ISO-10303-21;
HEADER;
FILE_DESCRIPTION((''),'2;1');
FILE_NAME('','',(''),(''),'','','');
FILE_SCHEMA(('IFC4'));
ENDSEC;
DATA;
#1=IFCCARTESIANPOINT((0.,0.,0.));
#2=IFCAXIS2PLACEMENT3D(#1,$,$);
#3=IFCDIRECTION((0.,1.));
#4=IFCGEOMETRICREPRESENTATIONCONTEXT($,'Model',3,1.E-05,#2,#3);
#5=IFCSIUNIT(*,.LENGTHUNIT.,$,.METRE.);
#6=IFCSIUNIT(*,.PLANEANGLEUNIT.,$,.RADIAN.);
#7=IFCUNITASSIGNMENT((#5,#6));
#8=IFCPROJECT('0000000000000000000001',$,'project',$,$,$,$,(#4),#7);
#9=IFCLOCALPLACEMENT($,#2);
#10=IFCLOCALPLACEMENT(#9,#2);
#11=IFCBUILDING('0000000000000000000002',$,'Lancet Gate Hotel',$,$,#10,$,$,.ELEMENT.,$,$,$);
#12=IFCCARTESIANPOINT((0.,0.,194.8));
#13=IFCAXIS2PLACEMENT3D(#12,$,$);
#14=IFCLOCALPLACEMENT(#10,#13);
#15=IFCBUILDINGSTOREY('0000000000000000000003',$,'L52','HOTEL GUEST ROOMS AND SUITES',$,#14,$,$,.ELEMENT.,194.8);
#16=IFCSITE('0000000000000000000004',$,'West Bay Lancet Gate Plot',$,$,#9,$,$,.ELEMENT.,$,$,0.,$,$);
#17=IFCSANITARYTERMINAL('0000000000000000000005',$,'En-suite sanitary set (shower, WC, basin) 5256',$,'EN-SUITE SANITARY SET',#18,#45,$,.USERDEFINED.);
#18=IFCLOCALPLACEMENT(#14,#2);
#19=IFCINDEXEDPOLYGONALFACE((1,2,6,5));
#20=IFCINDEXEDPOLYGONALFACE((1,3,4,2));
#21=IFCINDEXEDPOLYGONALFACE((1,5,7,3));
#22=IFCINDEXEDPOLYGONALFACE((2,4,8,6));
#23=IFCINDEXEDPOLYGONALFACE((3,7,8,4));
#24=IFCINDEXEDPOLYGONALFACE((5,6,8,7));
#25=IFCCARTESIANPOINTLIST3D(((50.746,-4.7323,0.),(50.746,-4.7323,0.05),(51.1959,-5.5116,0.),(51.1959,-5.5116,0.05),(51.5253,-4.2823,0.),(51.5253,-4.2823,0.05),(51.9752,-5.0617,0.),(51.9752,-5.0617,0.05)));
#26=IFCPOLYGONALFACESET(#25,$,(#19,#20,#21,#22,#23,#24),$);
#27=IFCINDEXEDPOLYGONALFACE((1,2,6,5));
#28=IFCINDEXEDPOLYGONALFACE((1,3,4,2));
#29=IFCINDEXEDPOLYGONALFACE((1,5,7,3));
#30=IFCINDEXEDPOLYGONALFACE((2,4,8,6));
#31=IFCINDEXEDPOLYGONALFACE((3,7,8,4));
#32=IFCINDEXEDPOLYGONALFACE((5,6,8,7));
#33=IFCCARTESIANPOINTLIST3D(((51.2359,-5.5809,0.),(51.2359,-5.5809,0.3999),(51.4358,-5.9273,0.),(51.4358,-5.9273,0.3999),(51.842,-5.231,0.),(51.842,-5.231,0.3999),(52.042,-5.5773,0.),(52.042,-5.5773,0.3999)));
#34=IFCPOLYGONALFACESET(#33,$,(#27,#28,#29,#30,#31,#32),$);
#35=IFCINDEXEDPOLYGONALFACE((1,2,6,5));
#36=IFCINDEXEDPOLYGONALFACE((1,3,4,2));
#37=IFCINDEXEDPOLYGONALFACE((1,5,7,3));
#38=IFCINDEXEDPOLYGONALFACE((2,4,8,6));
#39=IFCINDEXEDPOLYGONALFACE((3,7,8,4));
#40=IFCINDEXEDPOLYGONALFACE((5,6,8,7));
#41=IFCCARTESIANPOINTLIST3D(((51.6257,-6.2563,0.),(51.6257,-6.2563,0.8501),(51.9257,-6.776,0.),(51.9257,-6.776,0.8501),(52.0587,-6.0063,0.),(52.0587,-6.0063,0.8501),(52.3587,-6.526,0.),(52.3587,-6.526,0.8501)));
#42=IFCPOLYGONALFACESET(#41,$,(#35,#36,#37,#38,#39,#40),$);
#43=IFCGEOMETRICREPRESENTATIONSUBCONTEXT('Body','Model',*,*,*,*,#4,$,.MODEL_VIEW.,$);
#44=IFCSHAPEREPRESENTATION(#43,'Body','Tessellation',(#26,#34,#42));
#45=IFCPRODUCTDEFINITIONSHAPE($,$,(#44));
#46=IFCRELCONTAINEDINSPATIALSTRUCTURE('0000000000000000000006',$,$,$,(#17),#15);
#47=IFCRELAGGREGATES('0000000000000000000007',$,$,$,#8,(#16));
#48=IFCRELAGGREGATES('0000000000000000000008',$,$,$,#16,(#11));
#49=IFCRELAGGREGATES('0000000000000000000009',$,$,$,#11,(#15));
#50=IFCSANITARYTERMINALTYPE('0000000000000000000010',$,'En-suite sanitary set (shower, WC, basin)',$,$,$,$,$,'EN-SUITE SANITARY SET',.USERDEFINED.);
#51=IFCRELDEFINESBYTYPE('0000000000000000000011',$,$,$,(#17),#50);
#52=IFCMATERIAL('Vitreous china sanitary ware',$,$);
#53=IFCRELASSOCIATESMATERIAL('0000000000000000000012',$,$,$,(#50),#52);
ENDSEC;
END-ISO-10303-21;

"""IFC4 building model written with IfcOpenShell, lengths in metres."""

from ifc_helpers import new_model, si_unit, direction, frame, origin, origin_2d, place, context, subcontext, project, spatial, rectangle, extrude, material, type_object, element, save


model = new_model("IFC4")

# Units and contexts
model_context = context("Model", 3, precision=1e-05, world=origin(), true_north=direction((0.0, 1.0)))
body_context = subcontext(model_context, "Body", "Model", "MODEL_VIEW")
ifc_project = project(units=[si_unit("LENGTHUNIT", "METRE"), si_unit("PLANEANGLEUNIT", "RADIAN")], contexts=[model_context])

# Site, building, storey
site_placement = place(None, origin())
site = spatial("IfcSite", under=ifc_project, at=site_placement, Name="West Bay Lancet Gate Plot", CompositionType="ELEMENT", RefElevation=0.0)
building_placement = place(site_placement, origin())
building = spatial("IfcBuilding", under=site, at=building_placement, Name="Lancet Gate Hotel", CompositionType="ELEMENT")
storey_placement = place(building_placement, frame((0.0, 0.0, 194.8)))
storey = spatial("IfcBuildingStorey", under=building, at=storey_placement, Name="L52", Description="HOTEL GUEST ROOMS AND SUITES", CompositionType="ELEMENT", Elevation=194.8)

# Sanitary terminal
ifc_material_1 = material(Name="Vitreous china sanitary ware")
sanitary_terminal_type = type_object("IfcSanitaryTerminalType", Name="En-suite sanitary set (shower, WC, basin)", ElementType="EN-SUITE SANITARY SET", PredefinedType="USERDEFINED", material=ifc_material_1)
sanitary_terminal_1_placement = place(storey_placement, frame((51.3606, -4.897, 0.0), z_axis=(0.0, 0.0, 1.0), x_axis=(1.0, 0.0, 0.0)))
element("IfcSanitaryTerminal", 1, at=sanitary_terminal_1_placement, inside=storey, type_object=sanitary_terminal_type, Name="En-suite sanitary set (shower, WC, basin) 5256", ObjectType="EN-SUITE SANITARY SET", PredefinedType="USERDEFINED", context=body_context, shape_type="SweptSolid", body=[
    extrude(rectangle(XDim=0.8999, YDim=0.8999, at=origin_2d()), frame((0.0, 0.0, 0.0), z_axis=(0.0, 0.0, 1.0), x_axis=(-0.5, 0.866025, 0.0)), (0.0, 0.0, 1.0), 0.05),
    extrude(rectangle(XDim=0.3999, YDim=0.7, at=origin_2d()), frame((0.2783, -0.6821, 0.0), z_axis=(0.0, 0.0, 1.0), x_axis=(-0.5, 0.866025, 0.0)), (0.0, 0.0, 1.0), 0.3999),
    extrude(rectangle(XDim=0.6001, YDim=0.5, at=origin_2d()), frame((0.6316, -1.4941, 0.0), z_axis=(0.0, 0.0, 1.0), x_axis=(-0.5, 0.866025, 0.0)), (0.0, 0.0, 1.0), 0.8501),
])

save(model, "model.ifc")
